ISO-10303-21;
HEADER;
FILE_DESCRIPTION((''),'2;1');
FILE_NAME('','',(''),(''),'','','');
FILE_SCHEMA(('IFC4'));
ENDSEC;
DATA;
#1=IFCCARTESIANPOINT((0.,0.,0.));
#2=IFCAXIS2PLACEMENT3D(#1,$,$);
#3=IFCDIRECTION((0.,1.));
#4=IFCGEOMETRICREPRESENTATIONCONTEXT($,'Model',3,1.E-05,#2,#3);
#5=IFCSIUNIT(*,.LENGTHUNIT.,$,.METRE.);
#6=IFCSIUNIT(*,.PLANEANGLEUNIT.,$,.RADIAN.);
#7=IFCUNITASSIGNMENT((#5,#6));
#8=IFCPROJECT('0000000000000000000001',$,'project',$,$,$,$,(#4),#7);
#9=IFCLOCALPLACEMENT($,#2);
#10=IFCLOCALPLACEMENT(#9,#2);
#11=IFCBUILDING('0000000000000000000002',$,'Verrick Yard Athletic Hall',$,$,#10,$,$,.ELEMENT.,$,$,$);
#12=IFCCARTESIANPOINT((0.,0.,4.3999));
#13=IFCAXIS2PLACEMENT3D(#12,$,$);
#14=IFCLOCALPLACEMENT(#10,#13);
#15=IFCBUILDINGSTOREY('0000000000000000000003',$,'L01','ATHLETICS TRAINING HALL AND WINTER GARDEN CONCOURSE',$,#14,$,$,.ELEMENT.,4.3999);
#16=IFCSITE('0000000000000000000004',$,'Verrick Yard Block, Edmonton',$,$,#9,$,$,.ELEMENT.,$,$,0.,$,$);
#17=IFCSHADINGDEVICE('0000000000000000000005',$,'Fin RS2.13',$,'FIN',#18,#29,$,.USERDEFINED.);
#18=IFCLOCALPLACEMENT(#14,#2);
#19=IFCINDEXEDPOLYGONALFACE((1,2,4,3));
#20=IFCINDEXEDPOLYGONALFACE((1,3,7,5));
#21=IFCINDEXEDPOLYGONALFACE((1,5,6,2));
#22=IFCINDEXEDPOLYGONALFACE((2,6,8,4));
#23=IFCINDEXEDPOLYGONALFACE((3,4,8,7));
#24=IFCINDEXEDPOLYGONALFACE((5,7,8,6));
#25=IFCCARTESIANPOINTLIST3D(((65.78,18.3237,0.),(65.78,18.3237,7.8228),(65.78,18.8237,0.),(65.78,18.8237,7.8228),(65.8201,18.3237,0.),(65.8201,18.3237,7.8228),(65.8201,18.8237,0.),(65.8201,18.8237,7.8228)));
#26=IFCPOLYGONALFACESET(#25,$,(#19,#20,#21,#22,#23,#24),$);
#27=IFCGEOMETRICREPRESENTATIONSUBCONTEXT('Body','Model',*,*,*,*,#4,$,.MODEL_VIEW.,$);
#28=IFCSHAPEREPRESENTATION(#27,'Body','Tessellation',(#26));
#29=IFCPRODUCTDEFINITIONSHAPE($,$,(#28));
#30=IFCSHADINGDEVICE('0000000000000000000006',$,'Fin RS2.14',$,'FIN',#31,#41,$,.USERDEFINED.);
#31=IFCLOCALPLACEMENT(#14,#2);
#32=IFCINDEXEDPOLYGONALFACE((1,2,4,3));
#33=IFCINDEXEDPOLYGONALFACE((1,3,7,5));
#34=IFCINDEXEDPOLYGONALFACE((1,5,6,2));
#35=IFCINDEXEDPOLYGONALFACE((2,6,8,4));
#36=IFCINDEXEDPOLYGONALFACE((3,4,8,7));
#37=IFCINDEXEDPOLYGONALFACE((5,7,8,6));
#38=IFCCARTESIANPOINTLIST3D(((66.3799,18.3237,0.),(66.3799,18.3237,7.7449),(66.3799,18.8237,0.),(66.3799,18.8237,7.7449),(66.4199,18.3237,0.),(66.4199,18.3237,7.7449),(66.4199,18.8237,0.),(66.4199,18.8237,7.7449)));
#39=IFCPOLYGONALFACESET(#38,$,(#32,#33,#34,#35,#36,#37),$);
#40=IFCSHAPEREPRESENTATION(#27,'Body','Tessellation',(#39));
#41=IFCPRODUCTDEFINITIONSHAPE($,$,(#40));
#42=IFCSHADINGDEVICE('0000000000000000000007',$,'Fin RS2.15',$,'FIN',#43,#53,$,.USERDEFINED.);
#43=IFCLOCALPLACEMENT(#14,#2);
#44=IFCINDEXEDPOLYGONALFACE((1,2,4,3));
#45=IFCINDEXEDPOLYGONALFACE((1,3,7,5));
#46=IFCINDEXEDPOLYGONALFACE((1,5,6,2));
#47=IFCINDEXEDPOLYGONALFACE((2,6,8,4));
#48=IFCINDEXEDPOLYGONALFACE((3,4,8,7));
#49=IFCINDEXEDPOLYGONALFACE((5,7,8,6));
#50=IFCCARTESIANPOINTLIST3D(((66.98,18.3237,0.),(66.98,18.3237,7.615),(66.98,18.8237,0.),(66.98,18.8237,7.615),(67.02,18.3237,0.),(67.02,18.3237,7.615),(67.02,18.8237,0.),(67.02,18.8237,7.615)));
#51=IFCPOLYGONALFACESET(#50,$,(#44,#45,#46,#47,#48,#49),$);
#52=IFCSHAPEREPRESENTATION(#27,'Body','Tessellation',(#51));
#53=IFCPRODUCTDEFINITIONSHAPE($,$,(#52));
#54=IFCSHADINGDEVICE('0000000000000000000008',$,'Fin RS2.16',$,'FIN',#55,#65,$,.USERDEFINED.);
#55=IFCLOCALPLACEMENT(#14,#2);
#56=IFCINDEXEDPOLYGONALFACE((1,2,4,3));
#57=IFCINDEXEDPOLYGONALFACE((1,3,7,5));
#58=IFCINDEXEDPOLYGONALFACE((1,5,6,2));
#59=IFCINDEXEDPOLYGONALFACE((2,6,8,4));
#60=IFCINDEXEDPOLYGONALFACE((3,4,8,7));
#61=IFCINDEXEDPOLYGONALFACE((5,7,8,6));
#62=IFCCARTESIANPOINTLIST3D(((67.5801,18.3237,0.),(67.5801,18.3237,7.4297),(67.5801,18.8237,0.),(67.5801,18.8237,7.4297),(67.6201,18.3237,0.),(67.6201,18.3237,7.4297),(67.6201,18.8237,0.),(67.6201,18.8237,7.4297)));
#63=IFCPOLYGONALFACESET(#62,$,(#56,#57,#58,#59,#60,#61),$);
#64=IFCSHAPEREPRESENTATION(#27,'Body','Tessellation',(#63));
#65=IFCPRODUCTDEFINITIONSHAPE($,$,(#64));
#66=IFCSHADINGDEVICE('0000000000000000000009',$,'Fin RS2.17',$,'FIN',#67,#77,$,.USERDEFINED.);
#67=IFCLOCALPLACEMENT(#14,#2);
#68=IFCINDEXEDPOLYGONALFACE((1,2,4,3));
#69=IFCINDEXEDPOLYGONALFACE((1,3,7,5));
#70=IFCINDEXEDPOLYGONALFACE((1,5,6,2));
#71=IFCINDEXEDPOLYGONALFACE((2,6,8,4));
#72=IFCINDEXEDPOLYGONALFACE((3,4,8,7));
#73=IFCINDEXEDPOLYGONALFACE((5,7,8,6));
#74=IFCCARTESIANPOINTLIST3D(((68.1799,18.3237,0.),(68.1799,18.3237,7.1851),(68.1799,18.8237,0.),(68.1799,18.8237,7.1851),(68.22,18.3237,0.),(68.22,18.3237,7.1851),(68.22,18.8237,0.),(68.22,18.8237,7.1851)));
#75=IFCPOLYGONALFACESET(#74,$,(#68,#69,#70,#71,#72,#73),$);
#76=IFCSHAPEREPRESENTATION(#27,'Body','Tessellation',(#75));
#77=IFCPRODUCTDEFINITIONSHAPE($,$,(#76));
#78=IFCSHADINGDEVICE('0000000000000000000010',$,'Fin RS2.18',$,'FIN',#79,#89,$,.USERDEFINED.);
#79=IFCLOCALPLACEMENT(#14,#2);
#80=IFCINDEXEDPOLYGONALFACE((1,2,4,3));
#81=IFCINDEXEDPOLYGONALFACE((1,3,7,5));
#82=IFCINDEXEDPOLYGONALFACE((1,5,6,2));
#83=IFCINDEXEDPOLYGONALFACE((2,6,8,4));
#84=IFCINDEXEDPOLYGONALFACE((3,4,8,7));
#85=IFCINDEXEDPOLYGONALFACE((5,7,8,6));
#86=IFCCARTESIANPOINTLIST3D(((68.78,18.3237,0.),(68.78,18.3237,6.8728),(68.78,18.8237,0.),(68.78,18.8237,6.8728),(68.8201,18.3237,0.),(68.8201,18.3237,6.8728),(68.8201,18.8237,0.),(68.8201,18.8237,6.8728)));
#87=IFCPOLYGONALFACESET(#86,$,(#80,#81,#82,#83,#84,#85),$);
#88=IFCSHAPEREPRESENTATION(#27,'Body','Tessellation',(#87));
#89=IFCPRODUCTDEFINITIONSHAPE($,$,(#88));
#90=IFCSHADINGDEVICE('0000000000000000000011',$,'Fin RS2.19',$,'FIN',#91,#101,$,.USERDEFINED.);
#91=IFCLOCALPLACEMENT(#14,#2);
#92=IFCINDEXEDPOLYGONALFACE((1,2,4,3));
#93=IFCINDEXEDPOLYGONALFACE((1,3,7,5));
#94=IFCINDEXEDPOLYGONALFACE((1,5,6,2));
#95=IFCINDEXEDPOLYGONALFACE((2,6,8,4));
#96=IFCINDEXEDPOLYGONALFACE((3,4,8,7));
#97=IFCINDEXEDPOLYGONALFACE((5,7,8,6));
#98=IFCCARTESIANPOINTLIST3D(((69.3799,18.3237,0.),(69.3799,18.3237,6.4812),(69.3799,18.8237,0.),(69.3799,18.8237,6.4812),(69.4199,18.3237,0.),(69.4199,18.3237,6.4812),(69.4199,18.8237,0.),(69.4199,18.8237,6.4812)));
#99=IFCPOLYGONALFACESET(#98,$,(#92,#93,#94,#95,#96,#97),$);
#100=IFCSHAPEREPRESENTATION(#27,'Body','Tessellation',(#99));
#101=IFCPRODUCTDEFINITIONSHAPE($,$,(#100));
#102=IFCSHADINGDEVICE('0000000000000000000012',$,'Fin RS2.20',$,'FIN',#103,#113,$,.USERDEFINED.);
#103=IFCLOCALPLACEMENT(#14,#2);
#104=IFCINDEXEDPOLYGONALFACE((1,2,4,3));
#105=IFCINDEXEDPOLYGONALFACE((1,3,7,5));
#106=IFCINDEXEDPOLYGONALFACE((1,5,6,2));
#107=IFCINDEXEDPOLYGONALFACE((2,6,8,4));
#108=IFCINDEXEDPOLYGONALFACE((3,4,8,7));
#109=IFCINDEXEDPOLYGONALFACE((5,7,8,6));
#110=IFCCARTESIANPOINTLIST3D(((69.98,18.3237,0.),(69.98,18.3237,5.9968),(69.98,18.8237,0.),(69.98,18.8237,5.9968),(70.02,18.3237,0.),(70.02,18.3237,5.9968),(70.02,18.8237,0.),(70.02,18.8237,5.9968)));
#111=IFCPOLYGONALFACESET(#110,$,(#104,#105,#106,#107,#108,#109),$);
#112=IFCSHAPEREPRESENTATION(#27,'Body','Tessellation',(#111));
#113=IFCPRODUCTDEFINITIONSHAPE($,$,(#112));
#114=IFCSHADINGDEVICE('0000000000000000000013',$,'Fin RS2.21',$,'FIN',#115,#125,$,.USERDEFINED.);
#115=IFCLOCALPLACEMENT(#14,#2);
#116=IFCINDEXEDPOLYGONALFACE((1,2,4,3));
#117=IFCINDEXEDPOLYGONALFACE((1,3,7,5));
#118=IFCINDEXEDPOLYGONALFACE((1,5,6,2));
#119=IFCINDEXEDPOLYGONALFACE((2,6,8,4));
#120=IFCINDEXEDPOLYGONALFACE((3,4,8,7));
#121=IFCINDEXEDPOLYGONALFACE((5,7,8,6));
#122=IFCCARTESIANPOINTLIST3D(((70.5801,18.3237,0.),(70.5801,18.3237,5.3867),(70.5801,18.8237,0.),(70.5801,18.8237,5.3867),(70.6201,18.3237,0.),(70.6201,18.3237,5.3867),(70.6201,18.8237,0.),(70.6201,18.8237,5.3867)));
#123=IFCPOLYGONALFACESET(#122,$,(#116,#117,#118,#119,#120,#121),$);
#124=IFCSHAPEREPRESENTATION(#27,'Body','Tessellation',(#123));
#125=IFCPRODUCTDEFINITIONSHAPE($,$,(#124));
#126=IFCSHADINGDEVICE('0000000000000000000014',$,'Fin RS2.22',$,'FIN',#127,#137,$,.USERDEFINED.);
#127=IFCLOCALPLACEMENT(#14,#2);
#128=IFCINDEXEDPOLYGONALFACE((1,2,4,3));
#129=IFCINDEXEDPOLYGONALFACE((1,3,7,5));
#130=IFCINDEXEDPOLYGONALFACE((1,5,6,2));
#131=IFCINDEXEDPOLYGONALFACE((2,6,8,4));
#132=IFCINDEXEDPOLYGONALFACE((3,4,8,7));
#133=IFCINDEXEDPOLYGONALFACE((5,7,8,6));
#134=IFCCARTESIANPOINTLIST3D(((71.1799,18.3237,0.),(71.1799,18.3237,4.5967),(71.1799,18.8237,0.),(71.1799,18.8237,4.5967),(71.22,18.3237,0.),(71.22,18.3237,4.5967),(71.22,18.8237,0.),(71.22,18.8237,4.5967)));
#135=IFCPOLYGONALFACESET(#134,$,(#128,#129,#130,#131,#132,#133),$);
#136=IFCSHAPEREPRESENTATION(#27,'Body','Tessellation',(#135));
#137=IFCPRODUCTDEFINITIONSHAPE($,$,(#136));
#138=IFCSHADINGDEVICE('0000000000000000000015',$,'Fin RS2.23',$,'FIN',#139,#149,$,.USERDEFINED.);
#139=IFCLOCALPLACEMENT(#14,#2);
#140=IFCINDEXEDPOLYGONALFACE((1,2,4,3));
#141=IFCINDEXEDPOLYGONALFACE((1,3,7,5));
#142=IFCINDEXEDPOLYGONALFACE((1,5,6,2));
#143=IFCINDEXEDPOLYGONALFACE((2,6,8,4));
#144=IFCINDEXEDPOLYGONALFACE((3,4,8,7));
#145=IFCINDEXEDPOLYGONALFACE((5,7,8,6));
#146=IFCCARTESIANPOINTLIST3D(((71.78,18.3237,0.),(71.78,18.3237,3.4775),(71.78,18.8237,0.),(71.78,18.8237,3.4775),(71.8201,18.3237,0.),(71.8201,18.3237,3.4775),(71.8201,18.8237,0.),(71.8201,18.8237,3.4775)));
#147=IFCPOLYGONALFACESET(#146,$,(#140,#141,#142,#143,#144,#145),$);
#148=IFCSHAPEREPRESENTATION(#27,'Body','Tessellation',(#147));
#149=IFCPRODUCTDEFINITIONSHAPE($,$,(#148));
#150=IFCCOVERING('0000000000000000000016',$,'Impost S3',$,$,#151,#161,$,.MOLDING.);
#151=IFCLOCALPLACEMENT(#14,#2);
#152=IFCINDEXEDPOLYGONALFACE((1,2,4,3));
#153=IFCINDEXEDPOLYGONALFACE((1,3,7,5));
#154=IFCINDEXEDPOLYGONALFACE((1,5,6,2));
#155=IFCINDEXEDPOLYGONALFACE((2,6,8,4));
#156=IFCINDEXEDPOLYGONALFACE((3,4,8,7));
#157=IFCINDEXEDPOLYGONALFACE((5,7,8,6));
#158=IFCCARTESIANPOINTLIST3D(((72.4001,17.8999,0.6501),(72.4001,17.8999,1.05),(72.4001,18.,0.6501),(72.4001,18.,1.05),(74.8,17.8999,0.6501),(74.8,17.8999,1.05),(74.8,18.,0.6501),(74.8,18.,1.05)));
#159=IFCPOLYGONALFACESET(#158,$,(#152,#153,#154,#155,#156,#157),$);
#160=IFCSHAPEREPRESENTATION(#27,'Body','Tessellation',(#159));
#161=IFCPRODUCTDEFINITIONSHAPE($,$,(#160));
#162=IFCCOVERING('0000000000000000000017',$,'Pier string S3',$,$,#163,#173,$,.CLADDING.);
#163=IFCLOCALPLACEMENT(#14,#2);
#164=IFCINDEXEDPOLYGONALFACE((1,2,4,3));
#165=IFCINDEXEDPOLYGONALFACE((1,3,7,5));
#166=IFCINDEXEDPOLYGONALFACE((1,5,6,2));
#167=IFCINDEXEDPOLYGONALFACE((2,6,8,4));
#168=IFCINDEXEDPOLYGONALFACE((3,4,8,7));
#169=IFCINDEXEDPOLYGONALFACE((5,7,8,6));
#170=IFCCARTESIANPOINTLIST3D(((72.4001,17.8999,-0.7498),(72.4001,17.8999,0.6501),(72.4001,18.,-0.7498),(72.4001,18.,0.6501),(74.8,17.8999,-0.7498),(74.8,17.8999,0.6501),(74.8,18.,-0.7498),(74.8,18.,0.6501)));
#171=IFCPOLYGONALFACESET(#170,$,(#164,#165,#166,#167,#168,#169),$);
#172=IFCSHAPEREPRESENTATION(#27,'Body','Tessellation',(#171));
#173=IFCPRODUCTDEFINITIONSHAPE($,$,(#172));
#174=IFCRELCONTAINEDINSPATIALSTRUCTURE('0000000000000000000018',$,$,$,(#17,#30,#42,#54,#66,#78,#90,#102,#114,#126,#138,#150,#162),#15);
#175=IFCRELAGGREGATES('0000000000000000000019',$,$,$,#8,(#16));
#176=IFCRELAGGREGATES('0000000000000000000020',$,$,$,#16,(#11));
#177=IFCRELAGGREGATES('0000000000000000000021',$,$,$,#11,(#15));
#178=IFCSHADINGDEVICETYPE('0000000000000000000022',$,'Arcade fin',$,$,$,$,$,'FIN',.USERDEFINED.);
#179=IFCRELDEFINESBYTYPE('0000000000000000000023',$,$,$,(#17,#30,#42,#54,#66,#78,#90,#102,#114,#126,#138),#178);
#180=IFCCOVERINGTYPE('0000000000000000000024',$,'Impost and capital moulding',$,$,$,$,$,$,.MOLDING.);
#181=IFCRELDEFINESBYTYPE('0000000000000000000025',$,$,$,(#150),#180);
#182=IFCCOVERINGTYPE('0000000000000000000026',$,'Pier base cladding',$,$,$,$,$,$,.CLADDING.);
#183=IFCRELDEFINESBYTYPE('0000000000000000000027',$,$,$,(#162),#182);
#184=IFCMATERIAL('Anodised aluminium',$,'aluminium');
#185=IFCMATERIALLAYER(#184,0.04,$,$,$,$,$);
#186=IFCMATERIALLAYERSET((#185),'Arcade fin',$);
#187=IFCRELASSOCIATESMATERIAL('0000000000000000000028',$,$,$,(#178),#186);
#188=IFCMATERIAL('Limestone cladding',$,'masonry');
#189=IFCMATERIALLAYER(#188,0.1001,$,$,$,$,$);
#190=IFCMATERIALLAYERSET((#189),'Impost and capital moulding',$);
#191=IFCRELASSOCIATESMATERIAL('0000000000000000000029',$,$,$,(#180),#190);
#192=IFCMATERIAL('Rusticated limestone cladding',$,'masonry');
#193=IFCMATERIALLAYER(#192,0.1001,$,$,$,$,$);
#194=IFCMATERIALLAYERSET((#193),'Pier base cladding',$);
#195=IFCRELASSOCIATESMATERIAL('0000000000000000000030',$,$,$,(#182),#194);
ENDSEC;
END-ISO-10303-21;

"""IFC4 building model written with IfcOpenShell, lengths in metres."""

from ifc_helpers import new_model, si_unit, direction, frame, origin, origin_2d, place, context, subcontext, project, spatial, polyline, rectangle, outline, extrude, material, layer, layer_set, type_object, element, save


model = new_model("IFC4")

# Units and contexts
model_context = context("Model", 3, precision=1e-05, world=origin(), true_north=direction((0.0, 1.0)))
body_context = subcontext(model_context, "Body", "Model", "MODEL_VIEW")
ifc_project = project(units=[si_unit("LENGTHUNIT", "METRE"), si_unit("PLANEANGLEUNIT", "RADIAN")], contexts=[model_context])

# Site, building, storey
site_placement = place(None, origin())
site = spatial("IfcSite", under=ifc_project, at=site_placement, Name="Verrick Yard Block, Edmonton", CompositionType="ELEMENT", RefElevation=0.0)
building_placement = place(site_placement, origin())
building = spatial("IfcBuilding", under=site, at=building_placement, Name="Verrick Yard Athletic Hall", CompositionType="ELEMENT")
storey_placement = place(building_placement, frame((0.0, 0.0, 4.3999)))
storey = spatial("IfcBuildingStorey", under=building, at=storey_placement, Name="L01", Description="ATHLETICS TRAINING HALL AND WINTER GARDEN CONCOURSE", CompositionType="ELEMENT", Elevation=4.3999)

# Shading devices
ifc_material_1 = material(Name="Anodised aluminium", Category="aluminium")
ifc_layer_1 = layer(ifc_material_1, 0.04)
ifc_layer_set_1 = layer_set([ifc_layer_1], Name="Arcade fin")
shading_device_type = type_object("IfcShadingDeviceType", Name="Arcade fin", ElementType="FIN", PredefinedType="USERDEFINED", material=ifc_layer_set_1)
shading_device_1_placement = place(storey_placement, frame((65.8, 18.8237, 0.0), z_axis=(0.0, 0.0, 1.0), x_axis=(0.0, -1.0, 0.0)))
element("IfcShadingDevice", 1, at=shading_device_1_placement, inside=storey, type_object=shading_device_type, Name="Fin RS2.13", ObjectType="FIN", PredefinedType="USERDEFINED", context=body_context, shape_type="SweptSolid", body=[
    extrude(outline(polyline([(0.0, 0.0), (0.5, 0.0), (0.5, 7.8228), (0.0, 7.8228), (0.0, 0.0)])), frame((0.0, 0.02, 0.0), z_axis=(0.0, -1.0, 0.0), x_axis=(1.0, 0.0, 0.0)), (0.0, 0.0, 1.0), 0.04),
])
shading_device_2_placement = place(storey_placement, frame((66.3999, 18.8237, 0.0), z_axis=(0.0, 0.0, 1.0), x_axis=(0.0, -1.0, 0.0)))
element("IfcShadingDevice", 2, at=shading_device_2_placement, inside=storey, type_object=shading_device_type, Name="Fin RS2.14", ObjectType="FIN", PredefinedType="USERDEFINED", context=body_context, shape_type="SweptSolid", body=[
    extrude(outline(polyline([(0.0, 0.0), (0.5, 0.0), (0.5, 7.7449), (0.0, 7.7449), (0.0, 0.0)])), frame((0.0, 0.02, 0.0), z_axis=(0.0, -1.0, 0.0), x_axis=(1.0, 0.0, 0.0)), (0.0, 0.0, 1.0), 0.04),
])
shading_device_3_placement = place(storey_placement, frame((67.0, 18.8237, 0.0), z_axis=(0.0, 0.0, 1.0), x_axis=(0.0, -1.0, 0.0)))
element("IfcShadingDevice", 3, at=shading_device_3_placement, inside=storey, type_object=shading_device_type, Name="Fin RS2.15", ObjectType="FIN", PredefinedType="USERDEFINED", context=body_context, shape_type="SweptSolid", body=[
    extrude(outline(polyline([(0.0, 0.0), (0.5, 0.0), (0.5, 7.615), (0.0, 7.615), (0.0, 0.0)])), frame((0.0, 0.02, 0.0), z_axis=(0.0, -1.0, 0.0), x_axis=(1.0, 0.0, 0.0)), (0.0, 0.0, 1.0), 0.04),
])
shading_device_4_placement = place(storey_placement, frame((67.6001, 18.8237, 0.0), z_axis=(0.0, 0.0, 1.0), x_axis=(0.0, -1.0, 0.0)))
element("IfcShadingDevice", 4, at=shading_device_4_placement, inside=storey, type_object=shading_device_type, Name="Fin RS2.16", ObjectType="FIN", PredefinedType="USERDEFINED", context=body_context, shape_type="SweptSolid", body=[
    extrude(outline(polyline([(0.0, 0.0), (0.5, 0.0), (0.5, 7.4297), (0.0, 7.4297), (0.0, 0.0)])), frame((0.0, 0.02, 0.0), z_axis=(0.0, -1.0, 0.0), x_axis=(1.0, 0.0, 0.0)), (0.0, 0.0, 1.0), 0.04),
])
shading_device_5_placement = place(storey_placement, frame((68.2, 18.8237, 0.0), z_axis=(0.0, 0.0, 1.0), x_axis=(0.0, -1.0, 0.0)))
element("IfcShadingDevice", 5, at=shading_device_5_placement, inside=storey, type_object=shading_device_type, Name="Fin RS2.17", ObjectType="FIN", PredefinedType="USERDEFINED", context=body_context, shape_type="SweptSolid", body=[
    extrude(outline(polyline([(0.0, 0.0), (0.5, 0.0), (0.5, 7.1851), (0.0, 7.1851), (0.0, 0.0)])), frame((0.0, 0.02, 0.0), z_axis=(0.0, -1.0, 0.0), x_axis=(1.0, 0.0, 0.0)), (0.0, 0.0, 1.0), 0.04),
])
shading_device_6_placement = place(storey_placement, frame((68.8, 18.8237, 0.0), z_axis=(0.0, 0.0, 1.0), x_axis=(0.0, -1.0, 0.0)))
element("IfcShadingDevice", 6, at=shading_device_6_placement, inside=storey, type_object=shading_device_type, Name="Fin RS2.18", ObjectType="FIN", PredefinedType="USERDEFINED", context=body_context, shape_type="SweptSolid", body=[
    extrude(outline(polyline([(0.0, 0.0), (0.5, 0.0), (0.5, 6.8728), (0.0, 6.8728), (0.0, 0.0)])), frame((0.0, 0.02, 0.0), z_axis=(0.0, -1.0, 0.0), x_axis=(1.0, 0.0, 0.0)), (0.0, 0.0, 1.0), 0.04),
])
shading_device_7_placement = place(storey_placement, frame((69.3999, 18.8237, 0.0), z_axis=(0.0, 0.0, 1.0), x_axis=(0.0, -1.0, 0.0)))
element("IfcShadingDevice", 7, at=shading_device_7_placement, inside=storey, type_object=shading_device_type, Name="Fin RS2.19", ObjectType="FIN", PredefinedType="USERDEFINED", context=body_context, shape_type="SweptSolid", body=[
    extrude(outline(polyline([(0.0, 0.0), (0.5, 0.0), (0.5, 6.4812), (0.0, 6.4812), (0.0, 0.0)])), frame((0.0, 0.02, 0.0), z_axis=(0.0, -1.0, 0.0), x_axis=(1.0, 0.0, 0.0)), (0.0, 0.0, 1.0), 0.04),
])
shading_device_8_placement = place(storey_placement, frame((70.0, 18.8237, 0.0), z_axis=(0.0, 0.0, 1.0), x_axis=(0.0, -1.0, 0.0)))
element("IfcShadingDevice", 8, at=shading_device_8_placement, inside=storey, type_object=shading_device_type, Name="Fin RS2.20", ObjectType="FIN", PredefinedType="USERDEFINED", context=body_context, shape_type="SweptSolid", body=[
    extrude(outline(polyline([(0.0, 0.0), (0.5, 0.0), (0.5, 5.9968), (0.0, 5.9968), (0.0, 0.0)])), frame((0.0, 0.02, 0.0), z_axis=(0.0, -1.0, 0.0), x_axis=(1.0, 0.0, 0.0)), (0.0, 0.0, 1.0), 0.04),
])
shading_device_9_placement = place(storey_placement, frame((70.6001, 18.8237, 0.0), z_axis=(0.0, 0.0, 1.0), x_axis=(0.0, -1.0, 0.0)))
element("IfcShadingDevice", 9, at=shading_device_9_placement, inside=storey, type_object=shading_device_type, Name="Fin RS2.21", ObjectType="FIN", PredefinedType="USERDEFINED", context=body_context, shape_type="SweptSolid", body=[
    extrude(outline(polyline([(0.0, 0.0), (0.5, 0.0), (0.5, 5.3867), (0.0, 5.3867), (0.0, 0.0)])), frame((0.0, 0.02, 0.0), z_axis=(0.0, -1.0, 0.0), x_axis=(1.0, 0.0, 0.0)), (0.0, 0.0, 1.0), 0.04),
])
shading_device_10_placement = place(storey_placement, frame((71.2, 18.8237, 0.0), z_axis=(0.0, 0.0, 1.0), x_axis=(0.0, -1.0, 0.0)))
element("IfcShadingDevice", 10, at=shading_device_10_placement, inside=storey, type_object=shading_device_type, Name="Fin RS2.22", ObjectType="FIN", PredefinedType="USERDEFINED", context=body_context, shape_type="SweptSolid", body=[
    extrude(outline(polyline([(0.0, 0.0), (0.5, 0.0), (0.5, 4.5967), (0.0, 4.5967), (0.0, 0.0)])), frame((0.0, 0.02, 0.0), z_axis=(0.0, -1.0, 0.0), x_axis=(1.0, 0.0, 0.0)), (0.0, 0.0, 1.0), 0.04),
])
shading_device_11_placement = place(storey_placement, frame((71.8, 18.8237, 0.0), z_axis=(0.0, 0.0, 1.0), x_axis=(0.0, -1.0, 0.0)))
element("IfcShadingDevice", 11, at=shading_device_11_placement, inside=storey, type_object=shading_device_type, Name="Fin RS2.23", ObjectType="FIN", PredefinedType="USERDEFINED", context=body_context, shape_type="SweptSolid", body=[
    extrude(outline(polyline([(0.0, 0.0), (0.5, 0.0), (0.5, 3.4775), (0.0, 3.4775), (0.0, 0.0)])), frame((0.0, 0.02, 0.0), z_axis=(0.0, -1.0, 0.0), x_axis=(1.0, 0.0, 0.0)), (0.0, 0.0, 1.0), 0.04),
])

# Coverings
ifc_material_2 = material(Name="Limestone cladding", Category="masonry")
ifc_layer_2 = layer(ifc_material_2, 0.1001)
ifc_layer_set_2 = layer_set([ifc_layer_2], Name="Impost and capital moulding")
covering_type_1 = type_object("IfcCoveringType", Name="Impost and capital moulding", PredefinedType="MOLDING", material=ifc_layer_set_2)
covering_1_placement = place(storey_placement, frame((73.6001, 17.95, 0.6501), z_axis=(0.0, 0.0, 1.0), x_axis=(1.0, 0.0, 0.0)))
element("IfcCovering", 12, at=covering_1_placement, inside=storey, type_object=covering_type_1, Name="Impost S3", PredefinedType="MOLDING", context=body_context, shape_type="SweptSolid", body=[
    extrude(rectangle(XDim=2.3999, YDim=0.1001, at=origin_2d()), origin(), (0.0, 0.0, 1.0), 0.3999),
])
ifc_material_3 = material(Name="Rusticated limestone cladding", Category="masonry")
ifc_layer_3 = layer(ifc_material_3, 0.1001)
ifc_layer_set_3 = layer_set([ifc_layer_3], Name="Pier base cladding")
covering_type_2 = type_object("IfcCoveringType", Name="Pier base cladding", PredefinedType="CLADDING", material=ifc_layer_set_3)
covering_2_placement = place(storey_placement, frame((73.6001, 17.95, -0.7498), z_axis=(0.0, 0.0, 1.0), x_axis=(1.0, 0.0, 0.0)))
element("IfcCovering", 13, at=covering_2_placement, inside=storey, type_object=covering_type_2, Name="Pier string S3", PredefinedType="CLADDING", context=body_context, shape_type="SweptSolid", body=[
    extrude(rectangle(XDim=2.3999, YDim=0.1001, at=origin_2d()), origin(), (0.0, 0.0, 1.0), 1.3999),
])

save(model, "model.ifc")
